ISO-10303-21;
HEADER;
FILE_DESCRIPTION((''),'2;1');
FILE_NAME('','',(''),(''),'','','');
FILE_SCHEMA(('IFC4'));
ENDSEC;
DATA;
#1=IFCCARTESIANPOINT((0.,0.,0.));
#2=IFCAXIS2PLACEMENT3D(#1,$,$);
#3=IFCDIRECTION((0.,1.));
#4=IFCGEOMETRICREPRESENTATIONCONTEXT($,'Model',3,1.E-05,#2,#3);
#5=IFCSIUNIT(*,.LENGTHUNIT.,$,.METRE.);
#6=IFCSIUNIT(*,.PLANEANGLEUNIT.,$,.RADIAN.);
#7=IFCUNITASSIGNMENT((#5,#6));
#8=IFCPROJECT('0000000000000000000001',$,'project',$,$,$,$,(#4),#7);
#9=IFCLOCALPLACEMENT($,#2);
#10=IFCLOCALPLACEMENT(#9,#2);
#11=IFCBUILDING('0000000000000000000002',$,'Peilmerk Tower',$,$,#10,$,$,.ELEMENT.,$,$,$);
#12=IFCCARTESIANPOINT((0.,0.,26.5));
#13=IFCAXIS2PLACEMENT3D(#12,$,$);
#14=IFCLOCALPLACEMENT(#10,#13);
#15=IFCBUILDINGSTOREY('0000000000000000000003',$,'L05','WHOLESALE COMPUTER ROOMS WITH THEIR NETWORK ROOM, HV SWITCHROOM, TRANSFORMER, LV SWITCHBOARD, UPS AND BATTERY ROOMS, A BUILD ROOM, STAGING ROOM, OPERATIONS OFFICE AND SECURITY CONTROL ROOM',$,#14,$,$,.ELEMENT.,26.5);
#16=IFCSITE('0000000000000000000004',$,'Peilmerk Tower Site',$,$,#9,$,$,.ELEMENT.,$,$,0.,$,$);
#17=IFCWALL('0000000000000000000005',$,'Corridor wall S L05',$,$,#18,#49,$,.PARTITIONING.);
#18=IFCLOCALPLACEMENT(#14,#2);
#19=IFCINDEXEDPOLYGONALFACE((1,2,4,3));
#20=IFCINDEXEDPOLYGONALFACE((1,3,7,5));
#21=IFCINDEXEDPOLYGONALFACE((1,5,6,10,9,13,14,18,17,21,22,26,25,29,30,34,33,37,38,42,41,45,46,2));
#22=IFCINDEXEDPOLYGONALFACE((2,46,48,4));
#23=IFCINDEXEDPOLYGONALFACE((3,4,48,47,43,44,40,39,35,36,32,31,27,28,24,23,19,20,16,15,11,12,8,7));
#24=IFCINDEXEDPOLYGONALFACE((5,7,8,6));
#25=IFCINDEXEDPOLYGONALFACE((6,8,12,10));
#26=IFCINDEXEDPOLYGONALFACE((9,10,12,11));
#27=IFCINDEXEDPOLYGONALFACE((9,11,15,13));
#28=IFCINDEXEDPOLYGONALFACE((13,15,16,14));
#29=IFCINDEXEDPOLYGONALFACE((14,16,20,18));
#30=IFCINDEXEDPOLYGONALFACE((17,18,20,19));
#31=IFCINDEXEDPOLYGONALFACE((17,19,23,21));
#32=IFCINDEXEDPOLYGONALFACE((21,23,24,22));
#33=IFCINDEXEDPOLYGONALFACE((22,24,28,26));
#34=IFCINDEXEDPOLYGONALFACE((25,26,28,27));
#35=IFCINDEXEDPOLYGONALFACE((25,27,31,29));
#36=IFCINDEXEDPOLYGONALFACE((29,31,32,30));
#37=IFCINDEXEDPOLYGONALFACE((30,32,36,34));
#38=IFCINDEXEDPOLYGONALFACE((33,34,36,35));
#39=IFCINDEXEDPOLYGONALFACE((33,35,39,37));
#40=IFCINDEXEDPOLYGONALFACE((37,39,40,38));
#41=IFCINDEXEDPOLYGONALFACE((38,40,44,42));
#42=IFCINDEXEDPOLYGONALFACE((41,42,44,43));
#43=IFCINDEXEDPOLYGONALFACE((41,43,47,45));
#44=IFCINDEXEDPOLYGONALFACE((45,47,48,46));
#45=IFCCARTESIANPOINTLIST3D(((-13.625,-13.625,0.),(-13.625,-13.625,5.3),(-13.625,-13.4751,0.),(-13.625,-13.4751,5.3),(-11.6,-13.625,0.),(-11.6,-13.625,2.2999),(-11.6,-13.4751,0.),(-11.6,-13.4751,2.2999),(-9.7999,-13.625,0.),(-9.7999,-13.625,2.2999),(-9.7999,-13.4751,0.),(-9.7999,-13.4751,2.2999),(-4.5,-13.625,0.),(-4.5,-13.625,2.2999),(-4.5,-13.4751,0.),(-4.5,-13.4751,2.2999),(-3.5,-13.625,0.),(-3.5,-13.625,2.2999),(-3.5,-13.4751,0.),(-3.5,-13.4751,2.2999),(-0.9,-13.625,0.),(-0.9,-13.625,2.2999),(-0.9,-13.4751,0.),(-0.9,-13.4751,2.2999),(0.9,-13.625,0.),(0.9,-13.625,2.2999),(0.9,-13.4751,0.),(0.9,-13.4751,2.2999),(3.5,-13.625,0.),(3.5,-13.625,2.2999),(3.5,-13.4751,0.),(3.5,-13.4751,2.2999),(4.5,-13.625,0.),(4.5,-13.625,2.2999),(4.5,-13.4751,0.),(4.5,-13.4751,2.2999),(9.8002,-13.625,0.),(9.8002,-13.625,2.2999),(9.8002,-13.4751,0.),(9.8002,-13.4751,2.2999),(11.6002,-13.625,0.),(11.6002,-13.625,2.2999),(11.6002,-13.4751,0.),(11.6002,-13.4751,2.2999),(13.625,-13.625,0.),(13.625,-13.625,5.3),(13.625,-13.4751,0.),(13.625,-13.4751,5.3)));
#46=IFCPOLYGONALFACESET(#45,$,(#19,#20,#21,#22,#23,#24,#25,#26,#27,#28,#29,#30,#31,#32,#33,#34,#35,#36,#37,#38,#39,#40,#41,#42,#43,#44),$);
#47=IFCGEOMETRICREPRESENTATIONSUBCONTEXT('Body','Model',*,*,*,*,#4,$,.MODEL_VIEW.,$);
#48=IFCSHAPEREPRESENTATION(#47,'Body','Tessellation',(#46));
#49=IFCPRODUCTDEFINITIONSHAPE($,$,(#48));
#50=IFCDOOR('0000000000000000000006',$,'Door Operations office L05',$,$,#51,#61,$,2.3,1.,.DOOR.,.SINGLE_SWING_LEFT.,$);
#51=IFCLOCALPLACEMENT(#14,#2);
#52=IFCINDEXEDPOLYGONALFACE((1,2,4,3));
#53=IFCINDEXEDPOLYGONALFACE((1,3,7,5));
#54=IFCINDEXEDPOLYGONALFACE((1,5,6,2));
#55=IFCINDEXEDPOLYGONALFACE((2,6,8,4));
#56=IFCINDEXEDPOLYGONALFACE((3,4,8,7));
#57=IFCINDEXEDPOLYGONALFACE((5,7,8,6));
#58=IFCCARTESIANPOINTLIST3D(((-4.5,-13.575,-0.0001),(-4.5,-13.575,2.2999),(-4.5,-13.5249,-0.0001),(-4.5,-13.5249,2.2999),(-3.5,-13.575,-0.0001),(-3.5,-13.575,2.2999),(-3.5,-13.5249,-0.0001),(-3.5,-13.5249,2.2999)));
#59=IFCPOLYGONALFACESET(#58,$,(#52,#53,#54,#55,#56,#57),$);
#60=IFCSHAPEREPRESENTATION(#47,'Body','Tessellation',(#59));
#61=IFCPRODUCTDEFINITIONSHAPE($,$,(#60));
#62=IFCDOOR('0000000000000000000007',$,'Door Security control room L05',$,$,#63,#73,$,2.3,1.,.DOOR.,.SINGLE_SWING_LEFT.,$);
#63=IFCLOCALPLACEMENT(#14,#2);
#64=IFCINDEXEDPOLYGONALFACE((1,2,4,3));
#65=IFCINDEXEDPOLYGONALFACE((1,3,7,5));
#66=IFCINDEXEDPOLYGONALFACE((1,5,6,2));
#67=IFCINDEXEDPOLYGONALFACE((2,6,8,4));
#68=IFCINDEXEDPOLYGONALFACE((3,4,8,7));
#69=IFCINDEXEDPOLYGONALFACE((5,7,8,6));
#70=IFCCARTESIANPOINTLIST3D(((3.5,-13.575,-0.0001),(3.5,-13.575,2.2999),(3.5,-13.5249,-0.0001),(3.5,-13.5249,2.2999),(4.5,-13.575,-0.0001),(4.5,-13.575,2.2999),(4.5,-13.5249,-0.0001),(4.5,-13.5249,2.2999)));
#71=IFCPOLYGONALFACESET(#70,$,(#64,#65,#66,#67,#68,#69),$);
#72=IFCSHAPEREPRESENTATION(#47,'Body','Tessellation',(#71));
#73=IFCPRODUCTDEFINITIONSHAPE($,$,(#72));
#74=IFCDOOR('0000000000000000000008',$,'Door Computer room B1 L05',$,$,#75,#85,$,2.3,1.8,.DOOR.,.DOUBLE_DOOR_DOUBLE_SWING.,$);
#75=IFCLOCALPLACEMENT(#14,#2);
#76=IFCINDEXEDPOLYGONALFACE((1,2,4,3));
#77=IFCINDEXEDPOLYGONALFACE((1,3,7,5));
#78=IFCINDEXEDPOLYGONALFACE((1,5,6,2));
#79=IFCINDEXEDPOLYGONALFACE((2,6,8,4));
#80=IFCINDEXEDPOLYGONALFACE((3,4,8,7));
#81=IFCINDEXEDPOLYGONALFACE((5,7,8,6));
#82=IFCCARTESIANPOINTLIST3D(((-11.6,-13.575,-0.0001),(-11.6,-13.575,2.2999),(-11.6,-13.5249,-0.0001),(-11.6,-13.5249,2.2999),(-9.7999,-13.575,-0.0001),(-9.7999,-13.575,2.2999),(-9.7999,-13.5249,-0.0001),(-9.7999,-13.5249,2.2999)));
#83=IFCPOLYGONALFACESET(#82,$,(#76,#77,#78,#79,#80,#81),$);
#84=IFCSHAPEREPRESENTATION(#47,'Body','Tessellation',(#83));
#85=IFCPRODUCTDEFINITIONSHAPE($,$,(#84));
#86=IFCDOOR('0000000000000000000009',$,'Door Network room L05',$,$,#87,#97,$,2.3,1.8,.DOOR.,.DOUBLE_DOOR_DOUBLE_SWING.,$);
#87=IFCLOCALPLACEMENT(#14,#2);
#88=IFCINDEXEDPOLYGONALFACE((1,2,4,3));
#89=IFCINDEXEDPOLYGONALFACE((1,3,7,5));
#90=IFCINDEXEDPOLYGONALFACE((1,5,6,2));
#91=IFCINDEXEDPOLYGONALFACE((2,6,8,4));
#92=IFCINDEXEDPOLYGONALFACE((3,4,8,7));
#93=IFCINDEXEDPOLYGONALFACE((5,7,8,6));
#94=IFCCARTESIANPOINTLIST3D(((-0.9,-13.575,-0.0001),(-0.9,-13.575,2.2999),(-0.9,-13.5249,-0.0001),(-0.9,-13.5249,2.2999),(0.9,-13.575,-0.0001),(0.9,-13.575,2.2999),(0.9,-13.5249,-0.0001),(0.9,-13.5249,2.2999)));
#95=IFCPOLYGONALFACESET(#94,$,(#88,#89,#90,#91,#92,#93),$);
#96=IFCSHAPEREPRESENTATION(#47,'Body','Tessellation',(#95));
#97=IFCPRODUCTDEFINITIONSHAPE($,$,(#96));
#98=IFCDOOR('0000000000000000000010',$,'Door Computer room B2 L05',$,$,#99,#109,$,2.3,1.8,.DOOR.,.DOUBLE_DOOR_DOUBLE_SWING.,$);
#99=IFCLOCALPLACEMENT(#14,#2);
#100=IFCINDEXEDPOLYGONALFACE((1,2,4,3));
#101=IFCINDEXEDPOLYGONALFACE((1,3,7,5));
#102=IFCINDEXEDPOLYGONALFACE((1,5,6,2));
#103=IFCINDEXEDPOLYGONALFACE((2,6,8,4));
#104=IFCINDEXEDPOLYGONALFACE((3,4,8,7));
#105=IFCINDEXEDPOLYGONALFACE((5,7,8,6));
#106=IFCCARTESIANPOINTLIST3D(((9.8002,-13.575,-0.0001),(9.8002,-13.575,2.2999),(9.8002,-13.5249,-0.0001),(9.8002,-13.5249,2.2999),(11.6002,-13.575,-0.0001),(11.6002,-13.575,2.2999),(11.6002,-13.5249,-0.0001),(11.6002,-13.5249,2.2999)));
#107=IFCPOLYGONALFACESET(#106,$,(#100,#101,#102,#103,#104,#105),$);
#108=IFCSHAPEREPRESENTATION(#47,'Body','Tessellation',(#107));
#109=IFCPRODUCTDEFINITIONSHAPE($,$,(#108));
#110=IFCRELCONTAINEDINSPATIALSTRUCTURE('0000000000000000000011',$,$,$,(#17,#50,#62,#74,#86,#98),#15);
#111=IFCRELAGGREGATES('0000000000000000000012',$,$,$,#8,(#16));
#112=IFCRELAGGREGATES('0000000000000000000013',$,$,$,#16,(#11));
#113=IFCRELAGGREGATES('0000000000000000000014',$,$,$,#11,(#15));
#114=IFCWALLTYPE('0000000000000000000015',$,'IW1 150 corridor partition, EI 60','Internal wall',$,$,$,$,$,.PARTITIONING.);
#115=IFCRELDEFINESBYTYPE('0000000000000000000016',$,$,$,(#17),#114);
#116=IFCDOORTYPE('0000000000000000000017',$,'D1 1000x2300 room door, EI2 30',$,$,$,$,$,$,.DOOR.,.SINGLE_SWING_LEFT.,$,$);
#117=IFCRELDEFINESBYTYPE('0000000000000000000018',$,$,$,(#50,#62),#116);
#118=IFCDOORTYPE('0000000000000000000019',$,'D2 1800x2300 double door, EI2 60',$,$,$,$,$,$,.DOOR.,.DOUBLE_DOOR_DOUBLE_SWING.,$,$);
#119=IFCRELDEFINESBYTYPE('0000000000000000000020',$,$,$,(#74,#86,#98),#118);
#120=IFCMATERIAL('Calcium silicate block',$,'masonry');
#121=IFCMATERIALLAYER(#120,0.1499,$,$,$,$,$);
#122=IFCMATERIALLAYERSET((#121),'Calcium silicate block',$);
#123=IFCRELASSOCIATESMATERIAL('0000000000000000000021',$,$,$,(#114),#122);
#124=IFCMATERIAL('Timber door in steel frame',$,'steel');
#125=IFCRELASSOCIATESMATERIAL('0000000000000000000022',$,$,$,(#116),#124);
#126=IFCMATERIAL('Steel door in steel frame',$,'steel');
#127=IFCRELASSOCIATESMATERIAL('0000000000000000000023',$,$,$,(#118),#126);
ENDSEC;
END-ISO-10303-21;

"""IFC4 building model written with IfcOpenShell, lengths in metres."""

from ifc_helpers import new_model, si_unit, direction, frame, frame_2d, origin, place, context, subcontext, project, spatial, rectangle, extrude, material, layer, layer_set, type_object, element, fill, save


model = new_model("IFC4")

# Units and contexts
model_context = context("Model", 3, precision=1e-05, world=origin(), true_north=direction((0.0, 1.0)))
body_context = subcontext(model_context, "Body", "Model", "MODEL_VIEW")
ifc_project = project(units=[si_unit("LENGTHUNIT", "METRE"), si_unit("PLANEANGLEUNIT", "RADIAN")], contexts=[model_context])

# Site, building, storey
site_placement = place(None, origin())
site = spatial("IfcSite", under=ifc_project, at=site_placement, Name="Peilmerk Tower Site", CompositionType="ELEMENT", RefElevation=0.0)
building_placement = place(site_placement, origin())
building = spatial("IfcBuilding", under=site, at=building_placement, Name="Peilmerk Tower", CompositionType="ELEMENT")
storey_placement = place(building_placement, frame((0.0, 0.0, 26.5)))
storey = spatial("IfcBuildingStorey", under=building, at=storey_placement, Name="L05", Description="WHOLESALE COMPUTER ROOMS WITH THEIR NETWORK ROOM, HV SWITCHROOM, TRANSFORMER, LV SWITCHBOARD, UPS AND BATTERY ROOMS, A BUILD ROOM, STAGING ROOM, OPERATIONS OFFICE AND SECURITY CONTROL ROOM", CompositionType="ELEMENT", Elevation=26.5)

# Wall, openings, doors
ifc_material_1 = material(Name="Calcium silicate block", Category="masonry")
ifc_layer_1 = layer(ifc_material_1, 0.1499)
ifc_layer_set_1 = layer_set([ifc_layer_1], Name="Calcium silicate block")
wall_type_1 = type_object("IfcWallType", Name="IW1 150 corridor partition, EI 60", Description="Internal wall", PredefinedType="PARTITIONING", material=ifc_layer_set_1)
wall_1_placement = place(storey_placement, frame((13.625, -13.55, 0.0), z_axis=(0.0, 0.0, 1.0), x_axis=(-1.0, 0.0, 0.0)))
wall_1 = element("IfcWall", 1, at=wall_1_placement, inside=storey, type_object=wall_type_1, Name="Corridor wall S L05", PredefinedType="PARTITIONING", context=body_context, shape_type="SweptSolid", body=[
    extrude(rectangle(XDim=27.25, YDim=0.1499, at=frame_2d((13.625, 0.0))), origin(), (0.0, 0.0, 1.0), 5.3),
])
opening_1_placement = place(wall_1_placement, frame((23.425, 0.0, 0.0)))
opening_1 = element("IfcOpeningElement", 2, at=opening_1_placement, cuts=wall_1, PredefinedType="OPENING", context=body_context, shape_type="SweptSolid", body=[
    extrude(rectangle(XDim=1.8, YDim=2.3, at=frame_2d((0.8999, 1.1499))), frame((0.0, 0.085, 0.0), z_axis=(0.0, -1.0, 0.0), x_axis=(1.0, 0.0, 0.0)), (0.0, 0.0, 1.0), 0.1699),
])
opening_2_placement = place(wall_1_placement, frame((12.7251, 0.0, 0.0)))
opening_2 = element("IfcOpeningElement", 3, at=opening_2_placement, cuts=wall_1, PredefinedType="OPENING", context=body_context, shape_type="SweptSolid", body=[
    extrude(rectangle(XDim=1.8, YDim=2.3, at=frame_2d((0.8999, 1.1499))), frame((0.0, 0.085, 0.0), z_axis=(0.0, -1.0, 0.0), x_axis=(1.0, 0.0, 0.0)), (0.0, 0.0, 1.0), 0.1699),
])
opening_3_placement = place(wall_1_placement, frame((2.0249, 0.0, 0.0)))
opening_3 = element("IfcOpeningElement", 4, at=opening_3_placement, cuts=wall_1, PredefinedType="OPENING", context=body_context, shape_type="SweptSolid", body=[
    extrude(rectangle(XDim=1.8, YDim=2.3, at=frame_2d((0.8999, 1.1499))), frame((0.0, 0.085, 0.0), z_axis=(0.0, -1.0, 0.0), x_axis=(1.0, 0.0, 0.0)), (0.0, 0.0, 1.0), 0.1699),
])
opening_4_placement = place(wall_1_placement, frame((17.125, 0.0, 0.0)))
opening_4 = element("IfcOpeningElement", 5, at=opening_4_placement, cuts=wall_1, PredefinedType="OPENING", context=body_context, shape_type="SweptSolid", body=[
    extrude(rectangle(XDim=1.0, YDim=2.3, at=frame_2d((0.5, 1.1499))), frame((0.0, 0.085, 0.0), z_axis=(0.0, -1.0, 0.0), x_axis=(1.0, 0.0, 0.0)), (0.0, 0.0, 1.0), 0.1699),
])
opening_5_placement = place(wall_1_placement, frame((9.125, 0.0, 0.0)))
opening_5 = element("IfcOpeningElement", 6, at=opening_5_placement, cuts=wall_1, PredefinedType="OPENING", context=body_context, shape_type="SweptSolid", body=[
    extrude(rectangle(XDim=1.0, YDim=2.3, at=frame_2d((0.5, 1.1499))), frame((0.0, 0.085, 0.0), z_axis=(0.0, -1.0, 0.0), x_axis=(1.0, 0.0, 0.0)), (0.0, 0.0, 1.0), 0.1699),
])
ifc_material_2 = material(Name="Timber door in steel frame", Category="steel")
door_type_1 = type_object("IfcDoorType", Name="D1 1000x2300 room door, EI2 30", OperationType="SINGLE_SWING_LEFT", PredefinedType="DOOR", material=ifc_material_2)
door_1_placement = place(opening_4_placement, origin())
door_1 = element("IfcDoor", 7, at=door_1_placement, inside=storey, type_object=door_type_1, Name="Door Operations office L05", OperationType="SINGLE_SWING_LEFT", OverallHeight=2.3, OverallWidth=1.0, PredefinedType="DOOR", context=body_context, shape_type="SweptSolid", body=[
    extrude(rectangle(XDim=1.0, YDim=2.3, at=frame_2d((0.5, 1.1499))), frame((0.0, 0.0249, 0.0), z_axis=(0.0, -1.0, 0.0), x_axis=(1.0, 0.0, 0.0)), (0.0, 0.0, 1.0), 0.05),
])
fill(opening_4, door_1)
door_2_placement = place(opening_5_placement, origin())
door_2 = element("IfcDoor", 8, at=door_2_placement, inside=storey, type_object=door_type_1, Name="Door Security control room L05", OperationType="SINGLE_SWING_LEFT", OverallHeight=2.3, OverallWidth=1.0, PredefinedType="DOOR", context=body_context, shape_type="SweptSolid", body=[
    extrude(rectangle(XDim=1.0, YDim=2.3, at=frame_2d((0.5, 1.1499))), frame((0.0, 0.0249, 0.0), z_axis=(0.0, -1.0, 0.0), x_axis=(1.0, 0.0, 0.0)), (0.0, 0.0, 1.0), 0.05),
])
fill(opening_5, door_2)
ifc_material_3 = material(Name="Steel door in steel frame", Category="steel")
door_type_2 = type_object("IfcDoorType", Name="D2 1800x2300 double door, EI2 60", OperationType="DOUBLE_DOOR_DOUBLE_SWING", PredefinedType="DOOR", material=ifc_material_3)
door_3_placement = place(opening_1_placement, origin())
door_3 = element("IfcDoor", 9, at=door_3_placement, inside=storey, type_object=door_type_2, Name="Door Computer room B1 L05", OperationType="DOUBLE_DOOR_DOUBLE_SWING", OverallHeight=2.3, OverallWidth=1.8, PredefinedType="DOOR", context=body_context, shape_type="SweptSolid", body=[
    extrude(rectangle(XDim=1.8, YDim=2.3, at=frame_2d((0.8999, 1.1499))), frame((0.0, 0.0249, 0.0), z_axis=(0.0, -1.0, 0.0), x_axis=(1.0, 0.0, 0.0)), (0.0, 0.0, 1.0), 0.05),
])
fill(opening_1, door_3)
door_4_placement = place(opening_2_placement, origin())
door_4 = element("IfcDoor", 10, at=door_4_placement, inside=storey, type_object=door_type_2, Name="Door Network room L05", OperationType="DOUBLE_DOOR_DOUBLE_SWING", OverallHeight=2.3, OverallWidth=1.8, PredefinedType="DOOR", context=body_context, shape_type="SweptSolid", body=[
    extrude(rectangle(XDim=1.8, YDim=2.3, at=frame_2d((0.8999, 1.1499))), frame((0.0, 0.0249, 0.0), z_axis=(0.0, -1.0, 0.0), x_axis=(1.0, 0.0, 0.0)), (0.0, 0.0, 1.0), 0.05),
])
fill(opening_2, door_4)
door_5_placement = place(opening_3_placement, origin())
door_5 = element("IfcDoor", 11, at=door_5_placement, inside=storey, type_object=door_type_2, Name="Door Computer room B2 L05", OperationType="DOUBLE_DOOR_DOUBLE_SWING", OverallHeight=2.3, OverallWidth=1.8, PredefinedType="DOOR", context=body_context, shape_type="SweptSolid", body=[
    extrude(rectangle(XDim=1.8, YDim=2.3, at=frame_2d((0.8999, 1.1499))), frame((0.0, 0.0249, 0.0), z_axis=(0.0, -1.0, 0.0), x_axis=(1.0, 0.0, 0.0)), (0.0, 0.0, 1.0), 0.05),
])
fill(opening_3, door_5)

save(model, "model.ifc")
